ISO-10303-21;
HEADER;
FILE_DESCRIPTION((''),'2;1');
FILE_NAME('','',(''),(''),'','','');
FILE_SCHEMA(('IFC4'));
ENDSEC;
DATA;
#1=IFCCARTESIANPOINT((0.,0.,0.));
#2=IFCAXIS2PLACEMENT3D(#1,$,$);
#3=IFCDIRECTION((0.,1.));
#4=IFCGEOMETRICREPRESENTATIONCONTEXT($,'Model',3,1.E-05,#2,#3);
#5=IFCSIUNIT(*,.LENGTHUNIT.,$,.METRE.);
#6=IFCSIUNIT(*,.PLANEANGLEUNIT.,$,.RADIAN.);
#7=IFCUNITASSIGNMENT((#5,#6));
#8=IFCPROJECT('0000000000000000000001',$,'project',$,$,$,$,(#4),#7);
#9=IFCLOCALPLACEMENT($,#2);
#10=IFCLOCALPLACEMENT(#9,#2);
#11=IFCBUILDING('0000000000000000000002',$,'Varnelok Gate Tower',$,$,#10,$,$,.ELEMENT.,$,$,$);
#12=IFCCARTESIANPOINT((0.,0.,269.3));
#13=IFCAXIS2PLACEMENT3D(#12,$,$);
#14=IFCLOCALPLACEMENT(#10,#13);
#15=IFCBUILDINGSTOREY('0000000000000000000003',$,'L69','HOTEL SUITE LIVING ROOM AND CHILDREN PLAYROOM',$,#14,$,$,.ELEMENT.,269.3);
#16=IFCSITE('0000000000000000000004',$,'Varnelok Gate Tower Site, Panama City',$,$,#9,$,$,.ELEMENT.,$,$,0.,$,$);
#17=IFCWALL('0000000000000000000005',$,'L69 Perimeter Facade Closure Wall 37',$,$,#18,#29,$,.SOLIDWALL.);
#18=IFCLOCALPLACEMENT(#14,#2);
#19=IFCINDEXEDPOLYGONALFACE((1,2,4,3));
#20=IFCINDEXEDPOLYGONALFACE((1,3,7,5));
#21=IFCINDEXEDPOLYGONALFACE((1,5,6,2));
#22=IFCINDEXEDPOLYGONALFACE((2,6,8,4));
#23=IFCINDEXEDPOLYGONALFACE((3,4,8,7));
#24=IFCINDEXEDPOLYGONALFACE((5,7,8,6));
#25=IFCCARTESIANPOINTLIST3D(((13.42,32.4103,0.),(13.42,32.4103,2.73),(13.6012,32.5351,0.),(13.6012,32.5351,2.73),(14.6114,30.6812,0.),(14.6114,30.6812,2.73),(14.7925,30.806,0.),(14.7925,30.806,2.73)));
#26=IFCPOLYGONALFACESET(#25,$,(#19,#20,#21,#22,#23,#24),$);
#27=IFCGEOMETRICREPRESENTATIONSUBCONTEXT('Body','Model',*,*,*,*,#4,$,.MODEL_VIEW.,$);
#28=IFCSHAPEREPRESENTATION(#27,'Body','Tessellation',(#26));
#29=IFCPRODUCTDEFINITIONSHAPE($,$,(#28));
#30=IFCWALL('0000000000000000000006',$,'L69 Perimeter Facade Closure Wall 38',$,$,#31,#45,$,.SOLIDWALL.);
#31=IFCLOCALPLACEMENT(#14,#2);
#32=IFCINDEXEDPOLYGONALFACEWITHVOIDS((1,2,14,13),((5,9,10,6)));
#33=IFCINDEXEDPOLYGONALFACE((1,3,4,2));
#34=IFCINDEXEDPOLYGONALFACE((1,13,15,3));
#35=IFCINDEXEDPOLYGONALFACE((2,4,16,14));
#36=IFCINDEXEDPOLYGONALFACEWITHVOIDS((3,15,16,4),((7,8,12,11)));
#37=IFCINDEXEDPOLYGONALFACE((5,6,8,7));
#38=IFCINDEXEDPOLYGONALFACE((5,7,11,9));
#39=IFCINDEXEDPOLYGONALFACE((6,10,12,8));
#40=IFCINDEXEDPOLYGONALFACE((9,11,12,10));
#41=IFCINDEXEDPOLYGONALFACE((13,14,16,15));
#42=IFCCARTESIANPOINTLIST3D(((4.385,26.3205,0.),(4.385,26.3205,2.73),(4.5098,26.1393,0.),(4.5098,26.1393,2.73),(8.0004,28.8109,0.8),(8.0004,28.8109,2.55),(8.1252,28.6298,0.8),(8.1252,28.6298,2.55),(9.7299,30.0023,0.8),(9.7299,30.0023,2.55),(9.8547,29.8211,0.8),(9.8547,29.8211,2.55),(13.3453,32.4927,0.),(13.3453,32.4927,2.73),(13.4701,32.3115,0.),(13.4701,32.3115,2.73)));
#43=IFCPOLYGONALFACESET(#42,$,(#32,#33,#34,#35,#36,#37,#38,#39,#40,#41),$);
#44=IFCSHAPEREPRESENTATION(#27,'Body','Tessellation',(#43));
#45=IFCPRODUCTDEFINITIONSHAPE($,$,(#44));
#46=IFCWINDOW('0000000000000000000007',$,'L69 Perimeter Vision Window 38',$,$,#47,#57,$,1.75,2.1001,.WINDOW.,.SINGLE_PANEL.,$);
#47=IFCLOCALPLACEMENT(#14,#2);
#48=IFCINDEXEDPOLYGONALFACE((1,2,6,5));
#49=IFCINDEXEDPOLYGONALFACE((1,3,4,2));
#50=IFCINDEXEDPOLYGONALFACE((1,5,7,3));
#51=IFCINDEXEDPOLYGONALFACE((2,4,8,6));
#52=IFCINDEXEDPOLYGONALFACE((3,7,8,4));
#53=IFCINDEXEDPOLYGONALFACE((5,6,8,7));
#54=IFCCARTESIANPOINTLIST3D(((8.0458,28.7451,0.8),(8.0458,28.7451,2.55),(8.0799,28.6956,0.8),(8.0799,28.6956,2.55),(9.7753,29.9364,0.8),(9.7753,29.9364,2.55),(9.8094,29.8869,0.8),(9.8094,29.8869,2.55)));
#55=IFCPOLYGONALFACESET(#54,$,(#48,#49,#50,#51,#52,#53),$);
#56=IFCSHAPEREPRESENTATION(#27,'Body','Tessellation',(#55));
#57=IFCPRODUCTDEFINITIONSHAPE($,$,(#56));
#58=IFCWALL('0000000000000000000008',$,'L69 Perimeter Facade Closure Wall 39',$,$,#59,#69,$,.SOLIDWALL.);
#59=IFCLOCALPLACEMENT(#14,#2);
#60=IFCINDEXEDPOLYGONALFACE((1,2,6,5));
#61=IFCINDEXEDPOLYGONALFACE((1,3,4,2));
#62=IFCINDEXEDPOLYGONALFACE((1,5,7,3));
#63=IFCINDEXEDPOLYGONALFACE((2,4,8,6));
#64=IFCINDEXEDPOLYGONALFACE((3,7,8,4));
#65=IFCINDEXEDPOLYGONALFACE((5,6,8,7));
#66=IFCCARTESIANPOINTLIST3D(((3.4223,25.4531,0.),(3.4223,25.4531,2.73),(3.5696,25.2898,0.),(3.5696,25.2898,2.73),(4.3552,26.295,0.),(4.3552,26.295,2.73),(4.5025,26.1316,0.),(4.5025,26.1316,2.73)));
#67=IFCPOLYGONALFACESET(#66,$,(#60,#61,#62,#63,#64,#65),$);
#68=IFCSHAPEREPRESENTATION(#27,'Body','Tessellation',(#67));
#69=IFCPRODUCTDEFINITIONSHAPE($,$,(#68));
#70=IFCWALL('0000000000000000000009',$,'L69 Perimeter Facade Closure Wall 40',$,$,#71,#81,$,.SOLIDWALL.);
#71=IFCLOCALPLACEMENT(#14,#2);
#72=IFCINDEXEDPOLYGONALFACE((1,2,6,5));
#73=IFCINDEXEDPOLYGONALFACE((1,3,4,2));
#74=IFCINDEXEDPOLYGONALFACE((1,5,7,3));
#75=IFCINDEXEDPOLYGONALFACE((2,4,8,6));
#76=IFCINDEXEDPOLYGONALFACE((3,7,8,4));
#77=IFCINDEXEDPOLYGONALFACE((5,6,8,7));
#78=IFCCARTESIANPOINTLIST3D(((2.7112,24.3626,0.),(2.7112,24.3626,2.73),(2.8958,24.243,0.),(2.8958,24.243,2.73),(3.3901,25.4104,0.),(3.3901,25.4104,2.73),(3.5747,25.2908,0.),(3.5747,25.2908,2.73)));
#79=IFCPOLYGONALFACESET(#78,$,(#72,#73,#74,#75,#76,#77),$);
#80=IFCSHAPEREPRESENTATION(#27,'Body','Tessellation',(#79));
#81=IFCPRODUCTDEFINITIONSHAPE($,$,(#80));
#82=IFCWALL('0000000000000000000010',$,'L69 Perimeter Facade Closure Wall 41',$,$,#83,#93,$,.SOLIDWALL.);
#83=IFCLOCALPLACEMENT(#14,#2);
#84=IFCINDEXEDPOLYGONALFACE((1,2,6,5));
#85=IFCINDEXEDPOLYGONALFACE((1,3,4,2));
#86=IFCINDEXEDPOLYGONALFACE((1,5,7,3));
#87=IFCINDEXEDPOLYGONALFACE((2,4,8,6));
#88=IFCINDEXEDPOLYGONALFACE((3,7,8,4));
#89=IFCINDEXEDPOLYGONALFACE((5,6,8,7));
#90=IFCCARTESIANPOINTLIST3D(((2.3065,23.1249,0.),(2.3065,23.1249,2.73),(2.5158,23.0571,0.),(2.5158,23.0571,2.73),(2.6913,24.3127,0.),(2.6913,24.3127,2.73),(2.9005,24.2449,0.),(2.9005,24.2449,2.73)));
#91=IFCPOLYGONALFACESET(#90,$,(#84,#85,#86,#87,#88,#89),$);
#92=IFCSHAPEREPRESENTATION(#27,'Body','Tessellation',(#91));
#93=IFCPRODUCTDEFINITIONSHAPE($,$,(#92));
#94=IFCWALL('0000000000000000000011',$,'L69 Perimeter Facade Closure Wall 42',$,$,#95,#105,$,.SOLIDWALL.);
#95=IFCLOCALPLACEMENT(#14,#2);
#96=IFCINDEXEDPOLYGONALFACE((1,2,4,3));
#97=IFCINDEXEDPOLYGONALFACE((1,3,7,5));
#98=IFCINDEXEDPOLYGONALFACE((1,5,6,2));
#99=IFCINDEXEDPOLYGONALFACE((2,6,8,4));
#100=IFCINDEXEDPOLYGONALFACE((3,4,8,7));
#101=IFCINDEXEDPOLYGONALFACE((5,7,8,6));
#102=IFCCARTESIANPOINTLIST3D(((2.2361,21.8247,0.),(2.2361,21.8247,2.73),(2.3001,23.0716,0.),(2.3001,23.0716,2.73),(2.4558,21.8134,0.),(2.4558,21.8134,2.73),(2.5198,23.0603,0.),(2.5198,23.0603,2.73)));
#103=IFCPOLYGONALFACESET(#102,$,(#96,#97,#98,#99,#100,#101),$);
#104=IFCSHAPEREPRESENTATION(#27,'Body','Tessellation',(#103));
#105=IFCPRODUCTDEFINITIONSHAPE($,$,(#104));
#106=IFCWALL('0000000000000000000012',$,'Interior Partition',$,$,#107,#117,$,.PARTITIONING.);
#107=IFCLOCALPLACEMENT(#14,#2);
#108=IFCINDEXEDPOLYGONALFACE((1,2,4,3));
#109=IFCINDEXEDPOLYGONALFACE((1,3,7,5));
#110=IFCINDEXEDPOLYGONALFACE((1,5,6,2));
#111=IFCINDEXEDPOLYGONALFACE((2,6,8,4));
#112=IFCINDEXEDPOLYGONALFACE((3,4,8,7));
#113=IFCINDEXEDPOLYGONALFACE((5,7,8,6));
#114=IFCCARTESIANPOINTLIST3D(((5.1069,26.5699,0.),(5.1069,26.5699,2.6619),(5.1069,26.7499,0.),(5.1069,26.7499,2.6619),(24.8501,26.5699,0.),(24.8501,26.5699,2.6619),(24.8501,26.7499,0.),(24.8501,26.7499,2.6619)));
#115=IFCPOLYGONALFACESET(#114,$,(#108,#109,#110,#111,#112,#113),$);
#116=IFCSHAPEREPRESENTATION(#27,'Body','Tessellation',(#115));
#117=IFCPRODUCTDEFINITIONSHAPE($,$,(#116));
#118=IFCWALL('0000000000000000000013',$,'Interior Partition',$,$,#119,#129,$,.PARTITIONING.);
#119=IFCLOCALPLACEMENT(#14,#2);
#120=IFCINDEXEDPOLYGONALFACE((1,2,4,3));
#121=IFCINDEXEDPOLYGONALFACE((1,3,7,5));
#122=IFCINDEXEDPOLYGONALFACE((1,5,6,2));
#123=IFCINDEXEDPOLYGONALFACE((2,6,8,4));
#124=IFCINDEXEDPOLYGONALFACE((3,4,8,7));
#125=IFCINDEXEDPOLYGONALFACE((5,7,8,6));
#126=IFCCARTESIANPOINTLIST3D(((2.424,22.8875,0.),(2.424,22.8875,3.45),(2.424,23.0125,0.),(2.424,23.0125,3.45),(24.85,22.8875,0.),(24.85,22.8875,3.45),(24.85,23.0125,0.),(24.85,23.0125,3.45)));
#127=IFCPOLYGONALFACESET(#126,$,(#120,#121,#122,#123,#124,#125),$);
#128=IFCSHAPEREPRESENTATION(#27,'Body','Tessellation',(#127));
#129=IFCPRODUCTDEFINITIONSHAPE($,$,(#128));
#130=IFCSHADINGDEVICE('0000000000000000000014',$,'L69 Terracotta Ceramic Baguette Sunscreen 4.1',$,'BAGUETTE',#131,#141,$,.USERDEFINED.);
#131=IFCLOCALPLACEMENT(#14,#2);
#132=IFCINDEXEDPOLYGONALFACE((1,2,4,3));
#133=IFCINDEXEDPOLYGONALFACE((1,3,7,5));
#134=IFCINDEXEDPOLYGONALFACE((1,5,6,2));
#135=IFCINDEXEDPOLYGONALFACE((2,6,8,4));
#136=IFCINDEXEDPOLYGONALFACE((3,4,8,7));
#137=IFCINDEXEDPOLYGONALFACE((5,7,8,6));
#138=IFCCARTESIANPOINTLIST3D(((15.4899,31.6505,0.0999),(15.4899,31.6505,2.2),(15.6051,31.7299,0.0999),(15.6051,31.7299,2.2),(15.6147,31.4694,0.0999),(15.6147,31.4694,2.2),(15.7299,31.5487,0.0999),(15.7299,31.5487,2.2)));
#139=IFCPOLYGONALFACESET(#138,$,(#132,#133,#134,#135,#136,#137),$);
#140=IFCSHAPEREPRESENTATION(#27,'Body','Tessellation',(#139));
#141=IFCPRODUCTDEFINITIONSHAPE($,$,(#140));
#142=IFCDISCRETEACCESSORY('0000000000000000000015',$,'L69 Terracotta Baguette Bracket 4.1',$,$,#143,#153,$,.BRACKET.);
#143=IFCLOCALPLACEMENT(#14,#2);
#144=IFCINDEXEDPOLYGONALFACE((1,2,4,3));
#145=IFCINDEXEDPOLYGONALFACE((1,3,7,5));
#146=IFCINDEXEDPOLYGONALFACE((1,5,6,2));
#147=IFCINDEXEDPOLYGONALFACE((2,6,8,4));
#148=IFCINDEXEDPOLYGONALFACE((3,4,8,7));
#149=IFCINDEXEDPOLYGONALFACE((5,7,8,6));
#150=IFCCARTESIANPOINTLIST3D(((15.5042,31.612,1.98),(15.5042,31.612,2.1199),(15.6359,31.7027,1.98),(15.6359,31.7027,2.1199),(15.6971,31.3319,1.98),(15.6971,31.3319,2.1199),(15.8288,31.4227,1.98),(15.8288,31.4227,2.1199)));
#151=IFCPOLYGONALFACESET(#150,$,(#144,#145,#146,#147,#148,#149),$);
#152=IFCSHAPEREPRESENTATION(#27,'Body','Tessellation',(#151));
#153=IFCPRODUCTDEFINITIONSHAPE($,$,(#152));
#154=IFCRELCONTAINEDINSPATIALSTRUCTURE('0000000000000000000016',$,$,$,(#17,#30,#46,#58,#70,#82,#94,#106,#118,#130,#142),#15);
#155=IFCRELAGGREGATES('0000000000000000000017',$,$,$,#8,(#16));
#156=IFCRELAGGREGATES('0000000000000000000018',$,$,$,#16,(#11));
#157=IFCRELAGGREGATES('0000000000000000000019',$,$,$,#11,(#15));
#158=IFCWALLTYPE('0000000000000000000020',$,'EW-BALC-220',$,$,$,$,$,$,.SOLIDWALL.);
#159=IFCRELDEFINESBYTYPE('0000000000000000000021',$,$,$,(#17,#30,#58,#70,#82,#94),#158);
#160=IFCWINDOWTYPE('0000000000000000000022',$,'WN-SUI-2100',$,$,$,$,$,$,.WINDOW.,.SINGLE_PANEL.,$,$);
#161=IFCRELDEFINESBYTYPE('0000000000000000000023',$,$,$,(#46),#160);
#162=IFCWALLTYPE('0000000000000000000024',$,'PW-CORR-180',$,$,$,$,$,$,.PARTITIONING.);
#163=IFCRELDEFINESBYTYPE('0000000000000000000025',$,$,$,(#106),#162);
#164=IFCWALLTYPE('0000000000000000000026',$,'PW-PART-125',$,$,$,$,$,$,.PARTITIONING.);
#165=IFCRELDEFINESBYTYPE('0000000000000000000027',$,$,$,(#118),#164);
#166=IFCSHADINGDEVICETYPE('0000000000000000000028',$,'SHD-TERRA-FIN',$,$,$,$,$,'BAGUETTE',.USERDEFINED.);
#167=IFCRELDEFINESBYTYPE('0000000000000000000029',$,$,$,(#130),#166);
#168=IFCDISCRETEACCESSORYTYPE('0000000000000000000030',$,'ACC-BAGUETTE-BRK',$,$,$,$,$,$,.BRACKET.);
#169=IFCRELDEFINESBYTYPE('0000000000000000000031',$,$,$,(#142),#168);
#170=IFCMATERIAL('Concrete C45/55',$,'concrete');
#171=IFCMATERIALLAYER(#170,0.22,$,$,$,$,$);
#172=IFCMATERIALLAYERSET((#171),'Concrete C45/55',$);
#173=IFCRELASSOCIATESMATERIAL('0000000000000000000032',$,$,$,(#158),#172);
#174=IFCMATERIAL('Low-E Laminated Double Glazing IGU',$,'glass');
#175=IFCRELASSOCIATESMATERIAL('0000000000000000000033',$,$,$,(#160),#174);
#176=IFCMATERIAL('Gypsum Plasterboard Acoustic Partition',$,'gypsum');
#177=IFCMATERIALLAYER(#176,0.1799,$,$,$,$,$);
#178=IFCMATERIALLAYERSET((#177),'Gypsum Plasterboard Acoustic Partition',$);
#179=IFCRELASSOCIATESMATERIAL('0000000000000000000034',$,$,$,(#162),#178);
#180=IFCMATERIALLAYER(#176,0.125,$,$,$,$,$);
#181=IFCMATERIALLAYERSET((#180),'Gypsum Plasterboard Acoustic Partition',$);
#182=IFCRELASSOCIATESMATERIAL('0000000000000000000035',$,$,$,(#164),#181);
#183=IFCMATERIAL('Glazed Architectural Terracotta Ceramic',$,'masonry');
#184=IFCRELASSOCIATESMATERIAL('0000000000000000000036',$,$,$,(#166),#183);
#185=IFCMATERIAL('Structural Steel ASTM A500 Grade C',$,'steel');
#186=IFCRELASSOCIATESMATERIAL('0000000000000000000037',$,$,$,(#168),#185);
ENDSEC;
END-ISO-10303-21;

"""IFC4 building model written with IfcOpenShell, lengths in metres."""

from ifc_helpers import new_model, si_unit, direction, frame, frame_2d, origin, origin_2d, place, context, subcontext, project, spatial, rectangle, extrude, source, transform, mapped, material, layer, layer_set, type_object, element, fill, save


model = new_model("IFC4")

# Units and contexts
model_context = context("Model", 3, precision=1e-05, world=origin(), true_north=direction((0.0, 1.0)))
body_context = subcontext(model_context, "Body", "Model", "MODEL_VIEW")
ifc_project = project(units=[si_unit("LENGTHUNIT", "METRE"), si_unit("PLANEANGLEUNIT", "RADIAN")], contexts=[model_context])

# Site, building, storey
site_placement = place(None, origin())
site = spatial("IfcSite", under=ifc_project, at=site_placement, Name="Varnelok Gate Tower Site, Panama City", CompositionType="ELEMENT", RefElevation=0.0)
building_placement = place(site_placement, origin())
building = spatial("IfcBuilding", under=site, at=building_placement, Name="Varnelok Gate Tower", CompositionType="ELEMENT")
storey_placement = place(building_placement, frame((0.0, 0.0, 269.3)))
storey = spatial("IfcBuildingStorey", under=building, at=storey_placement, Name="L69", Description="HOTEL SUITE LIVING ROOM AND CHILDREN PLAYROOM", CompositionType="ELEMENT", Elevation=269.3)

# Shared definitions
ifc_material_1 = material(Name="Concrete C45/55", Category="concrete")
ifc_layer_1 = layer(ifc_material_1, 0.22)
ifc_layer_set_1 = layer_set([ifc_layer_1], Name="Concrete C45/55")
wall_type_1 = type_object("IfcWallType", Name="EW-BALC-220", PredefinedType="SOLIDWALL", material=ifc_layer_set_1)

# Wall
wall_1_placement = place(storey_placement, frame((14.7019, 30.7437, 0.0), z_axis=(0.0, 0.0, 1.0), x_axis=(-0.567353, 0.823475, 0.0)))
element("IfcWall", 1, at=wall_1_placement, inside=storey, type_object=wall_type_1, Name="L69 Perimeter Facade Closure Wall 37", PredefinedType="SOLIDWALL", context=body_context, shape_type="SweptSolid", body=[
    extrude(rectangle(XDim=2.0999, YDim=0.22, at=frame_2d((1.0498, 0.0))), origin(), (0.0, 0.0, 1.0), 2.73),
])

# Wall, opening, window
wall_2_placement = place(storey_placement, frame((13.4077, 32.4021, 0.0), z_axis=(0.0, 0.0, 1.0), x_axis=(-0.823528, -0.567276, 0.0)))
wall_2 = element("IfcWall", 2, at=wall_2_placement, inside=storey, type_object=wall_type_1, Name="L69 Perimeter Facade Closure Wall 38", PredefinedType="SOLIDWALL", context=body_context, shape_type="SweptSolid", body=[
    extrude(rectangle(XDim=10.8804, YDim=0.22, at=frame_2d((5.4402, 0.0))), origin(), (0.0, 0.0, 1.0), 2.73),
])
opening_1_placement = place(wall_2_placement, frame((4.3901, 0.0, 0.8)))
opening_1 = element("IfcOpeningElement", 3, at=opening_1_placement, cuts=wall_2, PredefinedType="OPENING", context=body_context, shape_type="SweptSolid", body=[
    extrude(rectangle(XDim=2.1001, YDim=1.75, at=frame_2d((1.05, 0.875))), frame((0.0, 0.1199, 0.0), z_axis=(0.0, -1.0, 0.0), x_axis=(1.0, 0.0, 0.0)), (0.0, 0.0, 1.0), 0.24),
])
ifc_material_2 = material(Name="Low-E Laminated Double Glazing IGU", Category="glass")
window_type = type_object("IfcWindowType", Name="WN-SUI-2100", PartitioningType="SINGLE_PANEL", PredefinedType="WINDOW", material=ifc_material_2)
window_placement = place(opening_1_placement, origin())
window = element("IfcWindow", 4, at=window_placement, inside=storey, type_object=window_type, Name="L69 Perimeter Vision Window 38", OverallHeight=1.75, OverallWidth=2.1001, PartitioningType="SINGLE_PANEL", PredefinedType="WINDOW", context=body_context, shape_type="SweptSolid", body=[
    extrude(rectangle(XDim=2.1001, YDim=1.75, at=frame_2d((1.05, 0.875))), frame((0.0, 0.03, 0.0), z_axis=(0.0, -1.0, 0.0), x_axis=(1.0, 0.0, 0.0)), (0.0, 0.0, 1.0), 0.0601),
])
fill(opening_1, window)

# Walls
wall_3_placement = place(storey_placement, frame((4.429, 26.2134, 0.0), z_axis=(0.0, 0.0, 1.0), x_axis=(-0.742414, -0.669941, 0.0)))
element("IfcWall", 5, at=wall_3_placement, inside=storey, type_object=wall_type_1, Name="L69 Perimeter Facade Closure Wall 39", PredefinedType="SOLIDWALL", context=body_context, shape_type="SweptSolid", body=[
    extrude(rectangle(XDim=1.2566, YDim=0.22, at=frame_2d((0.6284, 0.0))), origin(), (0.0, 0.0, 1.0), 2.73),
])
for number, where, z_axis, x_axis, name in (
    (6, (3.4824, 25.3506, 0.0), (0.0, 0.0, 1.0), (-0.543778, -0.839229, 0.0), "L69 Perimeter Facade Closure Wall 40"),
    (7, (2.7959, 24.2788, 0.0), (0.0, 0.0, 1.0), (-0.30818, -0.951328, 0.0), "L69 Perimeter Facade Closure Wall 41"),
    (8, (2.4099, 23.0659, 0.0), (0.0, 0.0, 1.0), (-0.051235, -0.998687, 0.0), "L69 Perimeter Facade Closure Wall 42"),
):
    element("IfcWall", number, at=place(storey_placement, frame(where, z_axis=z_axis, x_axis=x_axis)), inside=storey, type_object=wall_type_1, Name=name, PredefinedType="SOLIDWALL", context=body_context, shape_type="SweptSolid", body=[
        extrude(rectangle(XDim=1.2485, YDim=0.22, at=frame_2d((0.6243, 0.0))), origin(), (0.0, 0.0, 1.0), 2.73),
    ])
ifc_material_3 = material(Name="Gypsum Plasterboard Acoustic Partition", Category="gypsum")
ifc_layer_2 = layer(ifc_material_3, 0.1799)
ifc_layer_set_2 = layer_set([ifc_layer_2], Name="Gypsum Plasterboard Acoustic Partition")
wall_type_2 = type_object("IfcWallType", Name="PW-CORR-180", PredefinedType="PARTITIONING", material=ifc_layer_set_2)
wall_4_placement = place(storey_placement, frame((5.1069, 26.6599, 0.0), z_axis=(0.0, 0.0, 1.0), x_axis=(1.0, 0.0, 0.0)))
element("IfcWall", 9, at=wall_4_placement, inside=storey, type_object=wall_type_2, Name="Interior Partition", PredefinedType="PARTITIONING", context=body_context, shape_type="SweptSolid", body=[
    extrude(rectangle(XDim=19.7432, YDim=0.1799, at=frame_2d((9.8716, 0.0))), origin(), (0.0, 0.0, 1.0), 2.6619),
])
ifc_layer_3 = layer(ifc_material_3, 0.125)
ifc_layer_set_3 = layer_set([ifc_layer_3], Name="Gypsum Plasterboard Acoustic Partition")
wall_type_3 = type_object("IfcWallType", Name="PW-PART-125", PredefinedType="PARTITIONING", material=ifc_layer_set_3)
wall_5_placement = place(storey_placement, frame((2.4241, 22.95, 0.0), z_axis=(0.0, 0.0, 1.0), x_axis=(1.0, 0.0, 0.0)))
element("IfcWall", 10, at=wall_5_placement, inside=storey, type_object=wall_type_3, Name="Interior Partition", PredefinedType="PARTITIONING", context=body_context, shape_type="SweptSolid", body=[
    extrude(rectangle(XDim=22.426, YDim=0.125, at=frame_2d((11.2129, 0.0))), origin(), (0.0, 0.0, 1.0), 3.45),
])

# Shading device
ifc_material_4 = material(Name="Glazed Architectural Terracotta Ceramic", Category="masonry")
shading_device_type = type_object("IfcShadingDeviceType", Name="SHD-TERRA-FIN", ElementType="BAGUETTE", PredefinedType="USERDEFINED", material=ifc_material_4)
shared_shape_1 = source(origin(), body_context, "Body", "SweptSolid", [
    extrude(rectangle(XDim=0.1399, YDim=0.22, at=origin_2d()), origin(), (0.0, 0.0, 1.0), 2.1001),
])
shading_device_placement = place(storey_placement, frame((15.6099, 31.5996, 0.0999), z_axis=(0.0, 0.0, 1.0), x_axis=(0.823533, 0.567269, 0.0)))
element("IfcShadingDevice", 11, at=shading_device_placement, inside=storey, type_object=shading_device_type, Name="L69 Terracotta Ceramic Baguette Sunscreen 4.1", ObjectType="BAGUETTE", PredefinedType="USERDEFINED", context=body_context, shape_type="MappedRepresentation", body=[
    mapped(shared_shape_1, transform((0.0, 0.0, 0.0), scale=1.0)),
])

# Discrete accessory
ifc_material_5 = material(Name="Structural Steel ASTM A500 Grade C", Category="steel")
discrete_accessory_type = type_object("IfcDiscreteAccessoryType", Name="ACC-BAGUETTE-BRK", PredefinedType="BRACKET", material=ifc_material_5)
shared_shape_2 = source(origin(), body_context, "Body", "SweptSolid", [
    extrude(rectangle(XDim=0.1599, YDim=0.3401, at=origin_2d()), origin(), (0.0, 0.0, 1.0), 0.1399),
])
discrete_accessory_placement = place(storey_placement, frame((15.6665, 31.5173, 1.98), z_axis=(0.0, 0.0, 1.0), x_axis=(0.823533, 0.567269, 0.0)))
element("IfcDiscreteAccessory", 12, at=discrete_accessory_placement, inside=storey, type_object=discrete_accessory_type, Name="L69 Terracotta Baguette Bracket 4.1", PredefinedType="BRACKET", context=body_context, shape_type="MappedRepresentation", body=[
    mapped(shared_shape_2, transform((0.0, 0.0, 0.0), scale=1.0)),
])

save(model, "model.ifc")
